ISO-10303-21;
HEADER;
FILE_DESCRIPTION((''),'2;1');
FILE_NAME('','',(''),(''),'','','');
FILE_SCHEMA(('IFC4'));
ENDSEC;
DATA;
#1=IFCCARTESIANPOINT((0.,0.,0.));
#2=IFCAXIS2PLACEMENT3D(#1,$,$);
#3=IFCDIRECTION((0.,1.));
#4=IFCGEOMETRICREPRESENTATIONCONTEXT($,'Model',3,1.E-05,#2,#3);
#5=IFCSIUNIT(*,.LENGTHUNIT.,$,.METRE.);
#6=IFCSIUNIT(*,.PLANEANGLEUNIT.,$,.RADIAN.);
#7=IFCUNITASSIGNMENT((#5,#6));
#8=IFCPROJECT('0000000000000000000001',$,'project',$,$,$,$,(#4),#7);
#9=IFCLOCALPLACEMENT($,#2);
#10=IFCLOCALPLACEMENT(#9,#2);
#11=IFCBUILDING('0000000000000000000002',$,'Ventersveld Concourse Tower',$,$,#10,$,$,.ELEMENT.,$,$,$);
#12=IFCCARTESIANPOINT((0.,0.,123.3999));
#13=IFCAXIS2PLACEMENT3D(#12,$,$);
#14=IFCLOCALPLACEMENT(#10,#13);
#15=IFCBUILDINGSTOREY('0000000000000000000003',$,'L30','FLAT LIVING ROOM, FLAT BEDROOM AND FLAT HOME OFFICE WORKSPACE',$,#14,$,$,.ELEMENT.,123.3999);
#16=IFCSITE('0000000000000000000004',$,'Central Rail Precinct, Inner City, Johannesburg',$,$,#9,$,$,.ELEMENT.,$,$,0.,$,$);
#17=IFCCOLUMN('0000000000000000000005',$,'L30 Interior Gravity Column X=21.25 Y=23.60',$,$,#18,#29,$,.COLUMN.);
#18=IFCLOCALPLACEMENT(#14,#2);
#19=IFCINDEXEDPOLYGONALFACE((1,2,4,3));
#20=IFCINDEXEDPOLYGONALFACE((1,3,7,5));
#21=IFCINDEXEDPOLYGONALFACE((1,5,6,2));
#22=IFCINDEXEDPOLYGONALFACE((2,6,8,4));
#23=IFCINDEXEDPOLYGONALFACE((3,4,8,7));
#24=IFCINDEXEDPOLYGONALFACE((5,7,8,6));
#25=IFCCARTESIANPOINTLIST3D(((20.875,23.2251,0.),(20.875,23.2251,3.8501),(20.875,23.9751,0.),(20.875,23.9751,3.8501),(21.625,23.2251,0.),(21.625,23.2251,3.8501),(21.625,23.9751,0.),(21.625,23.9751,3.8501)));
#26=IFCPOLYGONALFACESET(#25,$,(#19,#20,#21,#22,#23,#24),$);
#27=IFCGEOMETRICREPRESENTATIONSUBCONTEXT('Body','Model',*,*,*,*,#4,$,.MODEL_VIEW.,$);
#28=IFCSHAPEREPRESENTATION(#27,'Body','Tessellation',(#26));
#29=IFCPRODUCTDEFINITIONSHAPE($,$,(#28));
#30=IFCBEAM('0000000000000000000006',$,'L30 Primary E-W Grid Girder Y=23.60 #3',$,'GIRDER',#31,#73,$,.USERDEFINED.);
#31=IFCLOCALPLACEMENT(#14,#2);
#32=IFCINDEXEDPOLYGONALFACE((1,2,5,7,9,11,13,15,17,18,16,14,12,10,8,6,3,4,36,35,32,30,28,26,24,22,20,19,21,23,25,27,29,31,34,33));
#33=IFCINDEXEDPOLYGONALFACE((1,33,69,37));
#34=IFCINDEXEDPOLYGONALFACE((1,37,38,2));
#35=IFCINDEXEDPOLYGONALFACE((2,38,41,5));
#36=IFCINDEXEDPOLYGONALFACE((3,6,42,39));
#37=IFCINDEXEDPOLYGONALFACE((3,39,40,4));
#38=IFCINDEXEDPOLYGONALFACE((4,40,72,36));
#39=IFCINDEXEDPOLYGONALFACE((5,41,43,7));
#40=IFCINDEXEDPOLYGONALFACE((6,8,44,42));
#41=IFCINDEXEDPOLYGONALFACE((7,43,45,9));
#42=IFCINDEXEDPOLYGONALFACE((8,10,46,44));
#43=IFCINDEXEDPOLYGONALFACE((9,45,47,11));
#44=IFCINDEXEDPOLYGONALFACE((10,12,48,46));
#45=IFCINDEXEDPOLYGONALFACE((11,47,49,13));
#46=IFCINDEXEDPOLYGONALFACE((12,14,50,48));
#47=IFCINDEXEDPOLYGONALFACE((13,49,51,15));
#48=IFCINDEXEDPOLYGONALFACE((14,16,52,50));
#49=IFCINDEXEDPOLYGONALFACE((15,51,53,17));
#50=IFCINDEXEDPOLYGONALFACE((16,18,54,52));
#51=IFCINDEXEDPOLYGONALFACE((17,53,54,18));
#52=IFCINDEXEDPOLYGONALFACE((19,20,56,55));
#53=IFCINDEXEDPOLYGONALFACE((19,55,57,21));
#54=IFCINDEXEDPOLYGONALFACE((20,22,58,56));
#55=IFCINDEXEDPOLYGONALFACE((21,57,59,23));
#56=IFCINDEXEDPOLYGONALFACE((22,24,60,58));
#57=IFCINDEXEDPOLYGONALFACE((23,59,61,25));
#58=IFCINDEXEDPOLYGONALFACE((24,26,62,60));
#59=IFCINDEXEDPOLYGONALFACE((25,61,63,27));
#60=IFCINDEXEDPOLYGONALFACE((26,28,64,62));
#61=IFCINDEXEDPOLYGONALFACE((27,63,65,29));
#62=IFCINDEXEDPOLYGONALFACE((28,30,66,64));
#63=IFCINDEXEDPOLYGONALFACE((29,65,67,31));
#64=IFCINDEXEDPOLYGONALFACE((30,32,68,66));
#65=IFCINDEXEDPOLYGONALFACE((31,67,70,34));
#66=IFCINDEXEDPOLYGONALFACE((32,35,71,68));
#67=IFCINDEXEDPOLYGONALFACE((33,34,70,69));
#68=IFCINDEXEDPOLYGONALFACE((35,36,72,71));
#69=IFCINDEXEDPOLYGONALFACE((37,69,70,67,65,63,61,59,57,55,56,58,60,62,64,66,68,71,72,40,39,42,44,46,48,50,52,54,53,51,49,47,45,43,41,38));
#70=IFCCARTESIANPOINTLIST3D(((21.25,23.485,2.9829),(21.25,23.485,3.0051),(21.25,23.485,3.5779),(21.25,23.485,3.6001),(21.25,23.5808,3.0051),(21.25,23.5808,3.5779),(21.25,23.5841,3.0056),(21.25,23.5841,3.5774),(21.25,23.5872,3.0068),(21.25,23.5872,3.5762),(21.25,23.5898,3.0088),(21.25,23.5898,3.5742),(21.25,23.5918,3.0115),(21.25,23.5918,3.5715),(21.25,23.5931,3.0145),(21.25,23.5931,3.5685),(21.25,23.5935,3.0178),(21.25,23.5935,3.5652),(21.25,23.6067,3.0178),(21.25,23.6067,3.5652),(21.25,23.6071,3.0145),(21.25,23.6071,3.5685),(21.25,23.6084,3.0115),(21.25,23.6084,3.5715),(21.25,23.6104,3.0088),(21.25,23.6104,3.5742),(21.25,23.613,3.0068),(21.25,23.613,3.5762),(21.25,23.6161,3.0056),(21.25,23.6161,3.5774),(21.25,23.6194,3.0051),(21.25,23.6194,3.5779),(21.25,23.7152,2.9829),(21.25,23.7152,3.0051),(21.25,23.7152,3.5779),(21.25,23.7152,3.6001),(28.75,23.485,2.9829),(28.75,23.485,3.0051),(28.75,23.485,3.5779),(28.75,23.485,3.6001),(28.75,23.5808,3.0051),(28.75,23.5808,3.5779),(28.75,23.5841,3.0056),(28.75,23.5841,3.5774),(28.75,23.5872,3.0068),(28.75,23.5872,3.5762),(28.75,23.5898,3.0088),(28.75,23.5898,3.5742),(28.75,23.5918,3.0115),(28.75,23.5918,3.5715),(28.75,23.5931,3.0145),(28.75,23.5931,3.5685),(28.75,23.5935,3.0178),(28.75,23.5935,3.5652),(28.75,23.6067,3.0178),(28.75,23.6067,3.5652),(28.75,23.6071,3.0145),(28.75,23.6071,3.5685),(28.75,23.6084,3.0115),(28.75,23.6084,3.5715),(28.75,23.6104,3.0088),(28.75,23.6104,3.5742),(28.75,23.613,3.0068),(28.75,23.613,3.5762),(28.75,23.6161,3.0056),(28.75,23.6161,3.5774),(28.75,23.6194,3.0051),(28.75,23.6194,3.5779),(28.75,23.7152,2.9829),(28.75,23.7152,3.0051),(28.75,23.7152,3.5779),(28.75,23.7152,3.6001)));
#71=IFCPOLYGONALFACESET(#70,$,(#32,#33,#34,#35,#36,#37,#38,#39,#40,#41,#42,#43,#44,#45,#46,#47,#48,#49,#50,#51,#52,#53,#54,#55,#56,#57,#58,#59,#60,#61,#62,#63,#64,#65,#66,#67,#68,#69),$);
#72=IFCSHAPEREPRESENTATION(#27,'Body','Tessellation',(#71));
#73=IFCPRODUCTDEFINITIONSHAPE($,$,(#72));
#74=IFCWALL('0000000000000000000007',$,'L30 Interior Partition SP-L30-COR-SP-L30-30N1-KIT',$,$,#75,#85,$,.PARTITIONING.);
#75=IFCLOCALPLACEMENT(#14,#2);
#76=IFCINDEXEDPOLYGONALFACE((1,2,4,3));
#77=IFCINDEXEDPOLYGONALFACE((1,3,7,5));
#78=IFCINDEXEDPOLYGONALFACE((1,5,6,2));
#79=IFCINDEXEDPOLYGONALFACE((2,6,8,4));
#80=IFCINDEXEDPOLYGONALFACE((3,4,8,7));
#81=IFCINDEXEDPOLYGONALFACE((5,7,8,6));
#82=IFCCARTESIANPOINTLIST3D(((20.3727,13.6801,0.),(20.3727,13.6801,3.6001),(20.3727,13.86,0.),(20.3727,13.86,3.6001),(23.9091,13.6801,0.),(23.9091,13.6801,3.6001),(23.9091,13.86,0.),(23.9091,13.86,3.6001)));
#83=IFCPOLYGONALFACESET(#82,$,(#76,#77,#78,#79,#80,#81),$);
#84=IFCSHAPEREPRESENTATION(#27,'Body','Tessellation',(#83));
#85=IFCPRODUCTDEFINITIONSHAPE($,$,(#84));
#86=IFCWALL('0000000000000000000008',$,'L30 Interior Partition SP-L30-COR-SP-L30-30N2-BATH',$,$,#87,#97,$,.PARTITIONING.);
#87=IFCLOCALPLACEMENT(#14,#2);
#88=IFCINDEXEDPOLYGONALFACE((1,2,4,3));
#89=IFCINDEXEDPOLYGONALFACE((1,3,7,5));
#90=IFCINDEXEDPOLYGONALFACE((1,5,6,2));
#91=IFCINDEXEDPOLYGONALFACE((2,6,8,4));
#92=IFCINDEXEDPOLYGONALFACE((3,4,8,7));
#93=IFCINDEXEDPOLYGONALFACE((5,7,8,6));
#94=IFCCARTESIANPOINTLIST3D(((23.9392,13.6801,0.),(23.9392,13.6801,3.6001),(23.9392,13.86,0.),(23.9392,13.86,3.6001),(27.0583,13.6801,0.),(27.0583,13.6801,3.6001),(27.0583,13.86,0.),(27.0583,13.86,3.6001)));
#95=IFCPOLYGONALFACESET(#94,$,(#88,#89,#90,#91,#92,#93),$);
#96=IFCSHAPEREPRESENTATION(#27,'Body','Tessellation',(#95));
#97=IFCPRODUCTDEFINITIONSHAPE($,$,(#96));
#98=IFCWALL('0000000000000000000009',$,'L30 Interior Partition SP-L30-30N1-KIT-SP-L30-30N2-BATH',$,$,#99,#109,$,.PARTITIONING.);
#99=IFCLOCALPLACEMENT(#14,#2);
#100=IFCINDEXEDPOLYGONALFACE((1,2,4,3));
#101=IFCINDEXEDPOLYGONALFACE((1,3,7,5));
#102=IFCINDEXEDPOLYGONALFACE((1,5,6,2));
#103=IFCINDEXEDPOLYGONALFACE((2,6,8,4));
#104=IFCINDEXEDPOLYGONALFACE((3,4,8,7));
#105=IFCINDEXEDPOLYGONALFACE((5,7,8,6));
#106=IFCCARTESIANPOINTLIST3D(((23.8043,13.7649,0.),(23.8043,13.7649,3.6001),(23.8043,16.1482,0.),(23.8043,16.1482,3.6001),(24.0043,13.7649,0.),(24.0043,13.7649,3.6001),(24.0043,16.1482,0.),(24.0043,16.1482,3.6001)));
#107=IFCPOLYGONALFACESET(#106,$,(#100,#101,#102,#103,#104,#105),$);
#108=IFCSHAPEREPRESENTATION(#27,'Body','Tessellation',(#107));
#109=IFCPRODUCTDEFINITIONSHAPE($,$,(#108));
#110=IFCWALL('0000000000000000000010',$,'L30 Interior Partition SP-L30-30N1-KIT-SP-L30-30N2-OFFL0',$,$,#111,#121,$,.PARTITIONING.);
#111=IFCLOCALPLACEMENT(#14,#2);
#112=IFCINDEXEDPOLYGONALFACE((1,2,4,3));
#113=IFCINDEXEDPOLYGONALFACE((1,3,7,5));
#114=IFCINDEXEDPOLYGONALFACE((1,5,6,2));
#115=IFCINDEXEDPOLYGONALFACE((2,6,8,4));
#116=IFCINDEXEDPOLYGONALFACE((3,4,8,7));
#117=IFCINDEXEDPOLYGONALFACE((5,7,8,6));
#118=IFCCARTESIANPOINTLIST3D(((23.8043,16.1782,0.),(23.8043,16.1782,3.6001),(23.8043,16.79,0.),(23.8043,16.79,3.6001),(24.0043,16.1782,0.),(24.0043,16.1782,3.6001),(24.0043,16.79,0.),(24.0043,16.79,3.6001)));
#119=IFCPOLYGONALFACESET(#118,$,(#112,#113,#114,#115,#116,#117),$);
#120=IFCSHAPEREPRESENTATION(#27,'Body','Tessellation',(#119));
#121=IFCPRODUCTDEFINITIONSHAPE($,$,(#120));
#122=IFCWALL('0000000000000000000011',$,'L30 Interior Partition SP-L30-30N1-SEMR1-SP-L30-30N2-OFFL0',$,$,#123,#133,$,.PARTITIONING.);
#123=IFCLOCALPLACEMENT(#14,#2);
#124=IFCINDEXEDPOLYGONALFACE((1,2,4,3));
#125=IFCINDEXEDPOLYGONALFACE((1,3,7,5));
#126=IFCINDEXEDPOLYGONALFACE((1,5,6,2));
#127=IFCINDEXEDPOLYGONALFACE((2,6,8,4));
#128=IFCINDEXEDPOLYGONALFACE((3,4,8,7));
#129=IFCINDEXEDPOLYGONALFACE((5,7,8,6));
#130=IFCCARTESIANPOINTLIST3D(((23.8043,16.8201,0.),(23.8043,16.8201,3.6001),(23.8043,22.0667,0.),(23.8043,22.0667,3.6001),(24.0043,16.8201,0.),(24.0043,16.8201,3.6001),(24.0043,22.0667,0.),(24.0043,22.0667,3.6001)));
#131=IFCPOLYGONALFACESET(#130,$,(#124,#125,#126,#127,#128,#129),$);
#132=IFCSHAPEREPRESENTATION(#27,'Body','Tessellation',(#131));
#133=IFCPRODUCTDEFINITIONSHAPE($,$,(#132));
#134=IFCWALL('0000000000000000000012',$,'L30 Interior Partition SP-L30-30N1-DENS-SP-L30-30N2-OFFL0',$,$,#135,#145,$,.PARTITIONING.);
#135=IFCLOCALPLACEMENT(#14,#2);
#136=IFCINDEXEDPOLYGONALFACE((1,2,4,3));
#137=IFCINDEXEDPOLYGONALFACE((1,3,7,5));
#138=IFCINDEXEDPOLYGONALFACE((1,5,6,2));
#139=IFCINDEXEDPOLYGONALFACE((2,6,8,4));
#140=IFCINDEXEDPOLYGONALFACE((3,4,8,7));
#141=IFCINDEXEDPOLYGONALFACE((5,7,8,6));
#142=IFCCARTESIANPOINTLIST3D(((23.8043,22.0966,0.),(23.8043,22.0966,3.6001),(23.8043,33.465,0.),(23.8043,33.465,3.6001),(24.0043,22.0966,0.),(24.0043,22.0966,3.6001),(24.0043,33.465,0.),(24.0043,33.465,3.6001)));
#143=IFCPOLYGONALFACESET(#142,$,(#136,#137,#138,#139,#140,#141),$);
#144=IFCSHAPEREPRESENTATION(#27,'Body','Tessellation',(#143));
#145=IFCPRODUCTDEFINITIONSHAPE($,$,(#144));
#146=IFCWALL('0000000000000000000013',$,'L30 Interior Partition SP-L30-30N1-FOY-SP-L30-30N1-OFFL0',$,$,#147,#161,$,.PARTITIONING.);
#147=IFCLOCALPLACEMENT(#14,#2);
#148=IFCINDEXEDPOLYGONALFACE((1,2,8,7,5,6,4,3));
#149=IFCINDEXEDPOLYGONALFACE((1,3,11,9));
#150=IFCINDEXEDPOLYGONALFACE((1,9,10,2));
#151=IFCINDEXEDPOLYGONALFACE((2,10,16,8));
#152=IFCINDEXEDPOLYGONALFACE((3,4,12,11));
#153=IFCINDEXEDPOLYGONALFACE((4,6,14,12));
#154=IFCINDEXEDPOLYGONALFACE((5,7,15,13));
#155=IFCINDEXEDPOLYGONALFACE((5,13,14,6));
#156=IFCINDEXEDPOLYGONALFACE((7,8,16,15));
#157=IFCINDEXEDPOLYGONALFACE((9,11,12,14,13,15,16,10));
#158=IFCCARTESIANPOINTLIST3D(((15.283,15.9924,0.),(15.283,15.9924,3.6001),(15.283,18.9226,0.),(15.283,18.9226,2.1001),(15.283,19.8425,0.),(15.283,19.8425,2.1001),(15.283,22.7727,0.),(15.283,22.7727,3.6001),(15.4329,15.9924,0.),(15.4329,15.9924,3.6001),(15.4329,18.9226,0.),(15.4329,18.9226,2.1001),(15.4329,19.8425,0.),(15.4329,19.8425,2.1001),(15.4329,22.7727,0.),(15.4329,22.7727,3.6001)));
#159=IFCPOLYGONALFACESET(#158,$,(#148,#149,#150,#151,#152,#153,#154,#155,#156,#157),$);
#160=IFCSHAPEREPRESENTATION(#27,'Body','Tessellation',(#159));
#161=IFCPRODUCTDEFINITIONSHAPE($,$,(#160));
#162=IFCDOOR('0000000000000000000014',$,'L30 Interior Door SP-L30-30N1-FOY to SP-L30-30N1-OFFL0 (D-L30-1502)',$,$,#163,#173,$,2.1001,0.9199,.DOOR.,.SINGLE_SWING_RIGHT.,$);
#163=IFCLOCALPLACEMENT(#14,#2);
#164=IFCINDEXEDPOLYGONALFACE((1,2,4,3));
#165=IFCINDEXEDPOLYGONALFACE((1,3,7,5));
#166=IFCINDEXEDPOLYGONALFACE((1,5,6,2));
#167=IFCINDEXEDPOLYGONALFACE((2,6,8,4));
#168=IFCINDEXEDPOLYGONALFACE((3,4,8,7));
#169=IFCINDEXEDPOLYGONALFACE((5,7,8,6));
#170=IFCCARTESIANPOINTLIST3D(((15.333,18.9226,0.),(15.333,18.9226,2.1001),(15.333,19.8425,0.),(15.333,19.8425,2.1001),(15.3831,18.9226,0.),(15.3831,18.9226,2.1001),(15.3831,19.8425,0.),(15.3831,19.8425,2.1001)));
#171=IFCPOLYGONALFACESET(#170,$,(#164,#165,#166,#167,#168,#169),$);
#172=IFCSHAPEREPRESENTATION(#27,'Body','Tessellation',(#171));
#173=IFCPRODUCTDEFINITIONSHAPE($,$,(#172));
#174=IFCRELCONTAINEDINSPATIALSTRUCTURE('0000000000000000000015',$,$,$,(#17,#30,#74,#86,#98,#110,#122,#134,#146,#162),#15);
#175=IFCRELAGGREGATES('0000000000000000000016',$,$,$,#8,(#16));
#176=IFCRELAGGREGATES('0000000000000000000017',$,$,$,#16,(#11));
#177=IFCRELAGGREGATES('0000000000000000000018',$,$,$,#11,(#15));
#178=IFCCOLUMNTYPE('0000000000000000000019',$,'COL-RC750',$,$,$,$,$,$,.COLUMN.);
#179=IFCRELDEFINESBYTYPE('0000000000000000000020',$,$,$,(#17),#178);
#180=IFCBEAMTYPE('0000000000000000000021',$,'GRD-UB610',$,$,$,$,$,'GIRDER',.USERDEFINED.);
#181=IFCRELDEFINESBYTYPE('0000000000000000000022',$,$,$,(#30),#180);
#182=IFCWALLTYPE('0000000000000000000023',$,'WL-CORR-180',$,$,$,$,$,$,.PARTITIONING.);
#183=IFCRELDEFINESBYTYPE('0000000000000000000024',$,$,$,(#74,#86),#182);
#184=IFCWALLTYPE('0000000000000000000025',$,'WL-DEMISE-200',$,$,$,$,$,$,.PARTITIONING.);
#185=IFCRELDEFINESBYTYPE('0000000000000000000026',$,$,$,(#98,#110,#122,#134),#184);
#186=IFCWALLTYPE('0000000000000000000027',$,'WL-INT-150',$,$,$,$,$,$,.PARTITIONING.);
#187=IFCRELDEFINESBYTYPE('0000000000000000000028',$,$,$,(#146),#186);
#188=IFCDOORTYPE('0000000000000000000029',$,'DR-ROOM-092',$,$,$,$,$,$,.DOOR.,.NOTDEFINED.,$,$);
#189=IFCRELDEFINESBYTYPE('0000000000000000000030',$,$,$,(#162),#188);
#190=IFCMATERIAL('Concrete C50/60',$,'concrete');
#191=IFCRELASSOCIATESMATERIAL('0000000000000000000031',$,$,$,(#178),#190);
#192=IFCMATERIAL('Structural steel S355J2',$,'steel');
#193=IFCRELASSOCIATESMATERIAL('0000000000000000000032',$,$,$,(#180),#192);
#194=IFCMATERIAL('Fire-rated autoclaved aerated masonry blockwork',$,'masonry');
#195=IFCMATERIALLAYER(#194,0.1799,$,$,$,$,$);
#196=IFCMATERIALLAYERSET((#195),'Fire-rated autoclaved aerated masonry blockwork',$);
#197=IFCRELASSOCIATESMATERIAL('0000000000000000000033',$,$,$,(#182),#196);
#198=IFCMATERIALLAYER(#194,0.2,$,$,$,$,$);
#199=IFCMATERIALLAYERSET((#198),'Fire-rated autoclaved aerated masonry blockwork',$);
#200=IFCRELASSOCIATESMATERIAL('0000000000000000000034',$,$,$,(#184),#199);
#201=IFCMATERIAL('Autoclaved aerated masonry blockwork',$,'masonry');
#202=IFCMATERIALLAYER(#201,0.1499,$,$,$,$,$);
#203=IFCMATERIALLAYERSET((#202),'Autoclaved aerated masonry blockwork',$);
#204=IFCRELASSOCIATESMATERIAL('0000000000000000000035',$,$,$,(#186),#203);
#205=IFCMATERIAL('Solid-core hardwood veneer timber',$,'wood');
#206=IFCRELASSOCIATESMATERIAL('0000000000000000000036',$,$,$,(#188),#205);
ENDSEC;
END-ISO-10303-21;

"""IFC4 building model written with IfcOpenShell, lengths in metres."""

from ifc_helpers import new_model, si_unit, direction, frame, frame_2d, origin, origin_2d, place, context, subcontext, project, spatial, rectangle, i_section, extrude, material, layer, layer_set, material_profile, profile_set, type_object, element, fill, save


model = new_model("IFC4")

# Units and contexts
model_context = context("Model", 3, precision=1e-05, world=origin(), true_north=direction((0.0, 1.0)))
body_context = subcontext(model_context, "Body", "Model", "MODEL_VIEW")
ifc_project = project(units=[si_unit("LENGTHUNIT", "METRE"), si_unit("PLANEANGLEUNIT", "RADIAN")], contexts=[model_context])

# Site, building, storey
site_placement = place(None, origin())
site = spatial("IfcSite", under=ifc_project, at=site_placement, Name="Central Rail Precinct, Inner City, Johannesburg", CompositionType="ELEMENT", RefElevation=0.0)
building_placement = place(site_placement, origin())
building = spatial("IfcBuilding", under=site, at=building_placement, Name="Ventersveld Concourse Tower", CompositionType="ELEMENT")
storey_placement = place(building_placement, frame((0.0, 0.0, 123.3999)))
storey = spatial("IfcBuildingStorey", under=building, at=storey_placement, Name="L30", Description="FLAT LIVING ROOM, FLAT BEDROOM AND FLAT HOME OFFICE WORKSPACE", CompositionType="ELEMENT", Elevation=123.3999)

# Column
ifc_material_1 = material(Name="Concrete C50/60", Category="concrete")
ifc_material_profile_1 = material_profile(ifc_material_1, rectangle(XDim=0.75, YDim=0.75, at=origin_2d()), Name="RC 750x750")
ifc_profile_set_1 = profile_set([ifc_material_profile_1], Name="Concrete C50/60")
column_type = type_object("IfcColumnType", Name="COL-RC750", PredefinedType="COLUMN", material=ifc_profile_set_1)
column_placement = place(storey_placement, frame((21.25, 23.6001, 0.0), z_axis=(0.0, 0.0, 1.0), x_axis=(1.0, 0.0, 0.0)))
element("IfcColumn", 1, at=column_placement, inside=storey, type_object=column_type, Name="L30 Interior Gravity Column X=21.25 Y=23.60", PredefinedType="COLUMN", context=body_context, shape_type="SweptSolid", body=[
    extrude(rectangle(XDim=0.75, YDim=0.75, at=origin_2d()), origin(), (0.0, 0.0, 1.0), 3.8501),
])

# Beam
ifc_material_2 = material(Name="Structural steel S355J2", Category="steel")
ifc_material_profile_2 = material_profile(ifc_material_2, i_section(OverallWidth=0.2302, OverallDepth=0.6172, WebThickness=0.0132, FlangeThickness=0.0222, FilletRadius=0.0127, at=origin_2d()), Name="UB 610x229x140")
ifc_profile_set_2 = profile_set([ifc_material_profile_2], Name="Structural steel S355J2")
beam_type = type_object("IfcBeamType", Name="GRD-UB610", ElementType="GIRDER", PredefinedType="USERDEFINED", material=ifc_profile_set_2)
beam_placement = place(storey_placement, frame((21.25, 23.6001, 3.2915), z_axis=(1.0, 0.0, 0.0), x_axis=(0.0, 1.0, 0.0)))
element("IfcBeam", 2, at=beam_placement, inside=storey, type_object=beam_type, Name="L30 Primary E-W Grid Girder Y=23.60 #3", ObjectType="GIRDER", PredefinedType="USERDEFINED", context=body_context, shape_type="SweptSolid", body=[
    extrude(i_section(OverallWidth=0.2302, OverallDepth=0.6172, WebThickness=0.0132, FlangeThickness=0.0222, FilletRadius=0.0127, at=origin_2d()), origin(), (0.0, 0.0, 1.0), 7.5),
])

# Wall
ifc_material_3 = material(Name="Fire-rated autoclaved aerated masonry blockwork", Category="masonry")
ifc_layer_1 = layer(ifc_material_3, 0.1799)
ifc_layer_set_1 = layer_set([ifc_layer_1], Name="Fire-rated autoclaved aerated masonry blockwork")
wall_type_1 = type_object("IfcWallType", Name="WL-CORR-180", PredefinedType="PARTITIONING", material=ifc_layer_set_1)
wall_1_placement = place(storey_placement, frame((20.3728, 13.77, 0.0), z_axis=(0.0, 0.0, 1.0), x_axis=(1.0, 0.0, 0.0)))
element("IfcWall", 3, at=wall_1_placement, inside=storey, type_object=wall_type_1, Name="L30 Interior Partition SP-L30-COR-SP-L30-30N1-KIT", PredefinedType="PARTITIONING", context=body_context, shape_type="SweptSolid", body=[
    extrude(rectangle(XDim=3.5364, YDim=0.1799, at=frame_2d((1.7681, 0.0))), origin(), (0.0, 0.0, 1.0), 3.6001),
])

# Shared definitions
ifc_material_4 = material(Name="Solid-core hardwood veneer timber", Category="wood")

# Walls
wall_2_placement = place(storey_placement, frame((23.9392, 13.77, 0.0), z_axis=(0.0, 0.0, 1.0), x_axis=(1.0, 0.0, 0.0)))
element("IfcWall", 4, at=wall_2_placement, inside=storey, type_object=wall_type_1, Name="L30 Interior Partition SP-L30-COR-SP-L30-30N2-BATH", PredefinedType="PARTITIONING", context=body_context, shape_type="SweptSolid", body=[
    extrude(rectangle(XDim=3.1191, YDim=0.1799, at=frame_2d((1.5596, 0.0))), origin(), (0.0, 0.0, 1.0), 3.6001),
])
ifc_layer_2 = layer(ifc_material_3, 0.2)
ifc_layer_set_2 = layer_set([ifc_layer_2], Name="Fire-rated autoclaved aerated masonry blockwork")
wall_type_2 = type_object("IfcWallType", Name="WL-DEMISE-200", PredefinedType="PARTITIONING", material=ifc_layer_set_2)
wall_3_placement = place(storey_placement, frame((23.9043, 13.7649, 0.0), z_axis=(0.0, 0.0, 1.0), x_axis=(0.0, 1.0, 0.0)))
element("IfcWall", 5, at=wall_3_placement, inside=storey, type_object=wall_type_2, Name="L30 Interior Partition SP-L30-30N1-KIT-SP-L30-30N2-BATH", PredefinedType="PARTITIONING", context=body_context, shape_type="SweptSolid", body=[
    extrude(rectangle(XDim=2.3833, YDim=0.2, at=frame_2d((1.1917, 0.0))), origin(), (0.0, 0.0, 1.0), 3.6001),
])
wall_4_placement = place(storey_placement, frame((23.9043, 16.1782, 0.0), z_axis=(0.0, 0.0, 1.0), x_axis=(0.0, 1.0, 0.0)))
element("IfcWall", 6, at=wall_4_placement, inside=storey, type_object=wall_type_2, Name="L30 Interior Partition SP-L30-30N1-KIT-SP-L30-30N2-OFFL0", PredefinedType="PARTITIONING", context=body_context, shape_type="SweptSolid", body=[
    extrude(rectangle(XDim=0.6118, YDim=0.2, at=frame_2d((0.3059, 0.0))), origin(), (0.0, 0.0, 1.0), 3.6001),
])
wall_5_placement = place(storey_placement, frame((23.9043, 16.8201, 0.0), z_axis=(0.0, 0.0, 1.0), x_axis=(0.0, 1.0, 0.0)))
element("IfcWall", 7, at=wall_5_placement, inside=storey, type_object=wall_type_2, Name="L30 Interior Partition SP-L30-30N1-SEMR1-SP-L30-30N2-OFFL0", PredefinedType="PARTITIONING", context=body_context, shape_type="SweptSolid", body=[
    extrude(rectangle(XDim=5.2466, YDim=0.2, at=frame_2d((2.6233, 0.0))), origin(), (0.0, 0.0, 1.0), 3.6001),
])
wall_6_placement = place(storey_placement, frame((23.9043, 22.0967, 0.0), z_axis=(0.0, 0.0, 1.0), x_axis=(0.0, 1.0, 0.0)))
element("IfcWall", 8, at=wall_6_placement, inside=storey, type_object=wall_type_2, Name="L30 Interior Partition SP-L30-30N1-DENS-SP-L30-30N2-OFFL0", PredefinedType="PARTITIONING", context=body_context, shape_type="SweptSolid", body=[
    extrude(rectangle(XDim=11.3684, YDim=0.2, at=frame_2d((5.6841, 0.0))), origin(), (0.0, 0.0, 1.0), 3.6001),
])

# Wall, opening, door
ifc_material_5 = material(Name="Autoclaved aerated masonry blockwork", Category="masonry")
ifc_layer_3 = layer(ifc_material_5, 0.1499)
ifc_layer_set_3 = layer_set([ifc_layer_3], Name="Autoclaved aerated masonry blockwork")
wall_type_3 = type_object("IfcWallType", Name="WL-INT-150", PredefinedType="PARTITIONING", material=ifc_layer_set_3)
wall_7_placement = place(storey_placement, frame((15.3579, 15.9924, 0.0), z_axis=(0.0, 0.0, 1.0), x_axis=(0.0, 1.0, 0.0)))
wall_7 = element("IfcWall", 9, at=wall_7_placement, inside=storey, type_object=wall_type_3, Name="L30 Interior Partition SP-L30-30N1-FOY-SP-L30-30N1-OFFL0", PredefinedType="PARTITIONING", context=body_context, shape_type="SweptSolid", body=[
    extrude(rectangle(XDim=6.7803, YDim=0.1499, at=frame_2d((3.3901, 0.0))), origin(), (0.0, 0.0, 1.0), 3.6001),
])
opening_1_placement = place(wall_7_placement, frame((2.9302, 0.0, 0.0)))
opening_1 = element("IfcOpeningElement", 10, at=opening_1_placement, cuts=wall_7, PredefinedType="OPENING", context=body_context, shape_type="SweptSolid", body=[
    extrude(rectangle(XDim=0.9199, YDim=2.1001, at=frame_2d((0.46, 1.05))), frame((0.0, 0.085, 0.0), z_axis=(0.0, -1.0, 0.0), x_axis=(1.0, 0.0, 0.0)), (0.0, 0.0, 1.0), 0.1699),
])
door_type_1 = type_object("IfcDoorType", Name="DR-ROOM-092", OperationType="NOTDEFINED", PredefinedType="DOOR", material=ifc_material_4)
door_1_placement = place(opening_1_placement, origin())
door_1 = element("IfcDoor", 11, at=door_1_placement, inside=storey, type_object=door_type_1, Name="L30 Interior Door SP-L30-30N1-FOY to SP-L30-30N1-OFFL0 (D-L30-1502)", OperationType="SINGLE_SWING_RIGHT", OverallHeight=2.1001, OverallWidth=0.9199, PredefinedType="DOOR", context=body_context, shape_type="SweptSolid", body=[
    extrude(rectangle(XDim=0.9199, YDim=2.1001, at=frame_2d((0.46, 1.05))), frame((0.0, 0.0249, 0.0), z_axis=(0.0, -1.0, 0.0), x_axis=(1.0, 0.0, 0.0)), (0.0, 0.0, 1.0), 0.05),
])
fill(opening_1, door_1)

save(model, "model.ifc")
